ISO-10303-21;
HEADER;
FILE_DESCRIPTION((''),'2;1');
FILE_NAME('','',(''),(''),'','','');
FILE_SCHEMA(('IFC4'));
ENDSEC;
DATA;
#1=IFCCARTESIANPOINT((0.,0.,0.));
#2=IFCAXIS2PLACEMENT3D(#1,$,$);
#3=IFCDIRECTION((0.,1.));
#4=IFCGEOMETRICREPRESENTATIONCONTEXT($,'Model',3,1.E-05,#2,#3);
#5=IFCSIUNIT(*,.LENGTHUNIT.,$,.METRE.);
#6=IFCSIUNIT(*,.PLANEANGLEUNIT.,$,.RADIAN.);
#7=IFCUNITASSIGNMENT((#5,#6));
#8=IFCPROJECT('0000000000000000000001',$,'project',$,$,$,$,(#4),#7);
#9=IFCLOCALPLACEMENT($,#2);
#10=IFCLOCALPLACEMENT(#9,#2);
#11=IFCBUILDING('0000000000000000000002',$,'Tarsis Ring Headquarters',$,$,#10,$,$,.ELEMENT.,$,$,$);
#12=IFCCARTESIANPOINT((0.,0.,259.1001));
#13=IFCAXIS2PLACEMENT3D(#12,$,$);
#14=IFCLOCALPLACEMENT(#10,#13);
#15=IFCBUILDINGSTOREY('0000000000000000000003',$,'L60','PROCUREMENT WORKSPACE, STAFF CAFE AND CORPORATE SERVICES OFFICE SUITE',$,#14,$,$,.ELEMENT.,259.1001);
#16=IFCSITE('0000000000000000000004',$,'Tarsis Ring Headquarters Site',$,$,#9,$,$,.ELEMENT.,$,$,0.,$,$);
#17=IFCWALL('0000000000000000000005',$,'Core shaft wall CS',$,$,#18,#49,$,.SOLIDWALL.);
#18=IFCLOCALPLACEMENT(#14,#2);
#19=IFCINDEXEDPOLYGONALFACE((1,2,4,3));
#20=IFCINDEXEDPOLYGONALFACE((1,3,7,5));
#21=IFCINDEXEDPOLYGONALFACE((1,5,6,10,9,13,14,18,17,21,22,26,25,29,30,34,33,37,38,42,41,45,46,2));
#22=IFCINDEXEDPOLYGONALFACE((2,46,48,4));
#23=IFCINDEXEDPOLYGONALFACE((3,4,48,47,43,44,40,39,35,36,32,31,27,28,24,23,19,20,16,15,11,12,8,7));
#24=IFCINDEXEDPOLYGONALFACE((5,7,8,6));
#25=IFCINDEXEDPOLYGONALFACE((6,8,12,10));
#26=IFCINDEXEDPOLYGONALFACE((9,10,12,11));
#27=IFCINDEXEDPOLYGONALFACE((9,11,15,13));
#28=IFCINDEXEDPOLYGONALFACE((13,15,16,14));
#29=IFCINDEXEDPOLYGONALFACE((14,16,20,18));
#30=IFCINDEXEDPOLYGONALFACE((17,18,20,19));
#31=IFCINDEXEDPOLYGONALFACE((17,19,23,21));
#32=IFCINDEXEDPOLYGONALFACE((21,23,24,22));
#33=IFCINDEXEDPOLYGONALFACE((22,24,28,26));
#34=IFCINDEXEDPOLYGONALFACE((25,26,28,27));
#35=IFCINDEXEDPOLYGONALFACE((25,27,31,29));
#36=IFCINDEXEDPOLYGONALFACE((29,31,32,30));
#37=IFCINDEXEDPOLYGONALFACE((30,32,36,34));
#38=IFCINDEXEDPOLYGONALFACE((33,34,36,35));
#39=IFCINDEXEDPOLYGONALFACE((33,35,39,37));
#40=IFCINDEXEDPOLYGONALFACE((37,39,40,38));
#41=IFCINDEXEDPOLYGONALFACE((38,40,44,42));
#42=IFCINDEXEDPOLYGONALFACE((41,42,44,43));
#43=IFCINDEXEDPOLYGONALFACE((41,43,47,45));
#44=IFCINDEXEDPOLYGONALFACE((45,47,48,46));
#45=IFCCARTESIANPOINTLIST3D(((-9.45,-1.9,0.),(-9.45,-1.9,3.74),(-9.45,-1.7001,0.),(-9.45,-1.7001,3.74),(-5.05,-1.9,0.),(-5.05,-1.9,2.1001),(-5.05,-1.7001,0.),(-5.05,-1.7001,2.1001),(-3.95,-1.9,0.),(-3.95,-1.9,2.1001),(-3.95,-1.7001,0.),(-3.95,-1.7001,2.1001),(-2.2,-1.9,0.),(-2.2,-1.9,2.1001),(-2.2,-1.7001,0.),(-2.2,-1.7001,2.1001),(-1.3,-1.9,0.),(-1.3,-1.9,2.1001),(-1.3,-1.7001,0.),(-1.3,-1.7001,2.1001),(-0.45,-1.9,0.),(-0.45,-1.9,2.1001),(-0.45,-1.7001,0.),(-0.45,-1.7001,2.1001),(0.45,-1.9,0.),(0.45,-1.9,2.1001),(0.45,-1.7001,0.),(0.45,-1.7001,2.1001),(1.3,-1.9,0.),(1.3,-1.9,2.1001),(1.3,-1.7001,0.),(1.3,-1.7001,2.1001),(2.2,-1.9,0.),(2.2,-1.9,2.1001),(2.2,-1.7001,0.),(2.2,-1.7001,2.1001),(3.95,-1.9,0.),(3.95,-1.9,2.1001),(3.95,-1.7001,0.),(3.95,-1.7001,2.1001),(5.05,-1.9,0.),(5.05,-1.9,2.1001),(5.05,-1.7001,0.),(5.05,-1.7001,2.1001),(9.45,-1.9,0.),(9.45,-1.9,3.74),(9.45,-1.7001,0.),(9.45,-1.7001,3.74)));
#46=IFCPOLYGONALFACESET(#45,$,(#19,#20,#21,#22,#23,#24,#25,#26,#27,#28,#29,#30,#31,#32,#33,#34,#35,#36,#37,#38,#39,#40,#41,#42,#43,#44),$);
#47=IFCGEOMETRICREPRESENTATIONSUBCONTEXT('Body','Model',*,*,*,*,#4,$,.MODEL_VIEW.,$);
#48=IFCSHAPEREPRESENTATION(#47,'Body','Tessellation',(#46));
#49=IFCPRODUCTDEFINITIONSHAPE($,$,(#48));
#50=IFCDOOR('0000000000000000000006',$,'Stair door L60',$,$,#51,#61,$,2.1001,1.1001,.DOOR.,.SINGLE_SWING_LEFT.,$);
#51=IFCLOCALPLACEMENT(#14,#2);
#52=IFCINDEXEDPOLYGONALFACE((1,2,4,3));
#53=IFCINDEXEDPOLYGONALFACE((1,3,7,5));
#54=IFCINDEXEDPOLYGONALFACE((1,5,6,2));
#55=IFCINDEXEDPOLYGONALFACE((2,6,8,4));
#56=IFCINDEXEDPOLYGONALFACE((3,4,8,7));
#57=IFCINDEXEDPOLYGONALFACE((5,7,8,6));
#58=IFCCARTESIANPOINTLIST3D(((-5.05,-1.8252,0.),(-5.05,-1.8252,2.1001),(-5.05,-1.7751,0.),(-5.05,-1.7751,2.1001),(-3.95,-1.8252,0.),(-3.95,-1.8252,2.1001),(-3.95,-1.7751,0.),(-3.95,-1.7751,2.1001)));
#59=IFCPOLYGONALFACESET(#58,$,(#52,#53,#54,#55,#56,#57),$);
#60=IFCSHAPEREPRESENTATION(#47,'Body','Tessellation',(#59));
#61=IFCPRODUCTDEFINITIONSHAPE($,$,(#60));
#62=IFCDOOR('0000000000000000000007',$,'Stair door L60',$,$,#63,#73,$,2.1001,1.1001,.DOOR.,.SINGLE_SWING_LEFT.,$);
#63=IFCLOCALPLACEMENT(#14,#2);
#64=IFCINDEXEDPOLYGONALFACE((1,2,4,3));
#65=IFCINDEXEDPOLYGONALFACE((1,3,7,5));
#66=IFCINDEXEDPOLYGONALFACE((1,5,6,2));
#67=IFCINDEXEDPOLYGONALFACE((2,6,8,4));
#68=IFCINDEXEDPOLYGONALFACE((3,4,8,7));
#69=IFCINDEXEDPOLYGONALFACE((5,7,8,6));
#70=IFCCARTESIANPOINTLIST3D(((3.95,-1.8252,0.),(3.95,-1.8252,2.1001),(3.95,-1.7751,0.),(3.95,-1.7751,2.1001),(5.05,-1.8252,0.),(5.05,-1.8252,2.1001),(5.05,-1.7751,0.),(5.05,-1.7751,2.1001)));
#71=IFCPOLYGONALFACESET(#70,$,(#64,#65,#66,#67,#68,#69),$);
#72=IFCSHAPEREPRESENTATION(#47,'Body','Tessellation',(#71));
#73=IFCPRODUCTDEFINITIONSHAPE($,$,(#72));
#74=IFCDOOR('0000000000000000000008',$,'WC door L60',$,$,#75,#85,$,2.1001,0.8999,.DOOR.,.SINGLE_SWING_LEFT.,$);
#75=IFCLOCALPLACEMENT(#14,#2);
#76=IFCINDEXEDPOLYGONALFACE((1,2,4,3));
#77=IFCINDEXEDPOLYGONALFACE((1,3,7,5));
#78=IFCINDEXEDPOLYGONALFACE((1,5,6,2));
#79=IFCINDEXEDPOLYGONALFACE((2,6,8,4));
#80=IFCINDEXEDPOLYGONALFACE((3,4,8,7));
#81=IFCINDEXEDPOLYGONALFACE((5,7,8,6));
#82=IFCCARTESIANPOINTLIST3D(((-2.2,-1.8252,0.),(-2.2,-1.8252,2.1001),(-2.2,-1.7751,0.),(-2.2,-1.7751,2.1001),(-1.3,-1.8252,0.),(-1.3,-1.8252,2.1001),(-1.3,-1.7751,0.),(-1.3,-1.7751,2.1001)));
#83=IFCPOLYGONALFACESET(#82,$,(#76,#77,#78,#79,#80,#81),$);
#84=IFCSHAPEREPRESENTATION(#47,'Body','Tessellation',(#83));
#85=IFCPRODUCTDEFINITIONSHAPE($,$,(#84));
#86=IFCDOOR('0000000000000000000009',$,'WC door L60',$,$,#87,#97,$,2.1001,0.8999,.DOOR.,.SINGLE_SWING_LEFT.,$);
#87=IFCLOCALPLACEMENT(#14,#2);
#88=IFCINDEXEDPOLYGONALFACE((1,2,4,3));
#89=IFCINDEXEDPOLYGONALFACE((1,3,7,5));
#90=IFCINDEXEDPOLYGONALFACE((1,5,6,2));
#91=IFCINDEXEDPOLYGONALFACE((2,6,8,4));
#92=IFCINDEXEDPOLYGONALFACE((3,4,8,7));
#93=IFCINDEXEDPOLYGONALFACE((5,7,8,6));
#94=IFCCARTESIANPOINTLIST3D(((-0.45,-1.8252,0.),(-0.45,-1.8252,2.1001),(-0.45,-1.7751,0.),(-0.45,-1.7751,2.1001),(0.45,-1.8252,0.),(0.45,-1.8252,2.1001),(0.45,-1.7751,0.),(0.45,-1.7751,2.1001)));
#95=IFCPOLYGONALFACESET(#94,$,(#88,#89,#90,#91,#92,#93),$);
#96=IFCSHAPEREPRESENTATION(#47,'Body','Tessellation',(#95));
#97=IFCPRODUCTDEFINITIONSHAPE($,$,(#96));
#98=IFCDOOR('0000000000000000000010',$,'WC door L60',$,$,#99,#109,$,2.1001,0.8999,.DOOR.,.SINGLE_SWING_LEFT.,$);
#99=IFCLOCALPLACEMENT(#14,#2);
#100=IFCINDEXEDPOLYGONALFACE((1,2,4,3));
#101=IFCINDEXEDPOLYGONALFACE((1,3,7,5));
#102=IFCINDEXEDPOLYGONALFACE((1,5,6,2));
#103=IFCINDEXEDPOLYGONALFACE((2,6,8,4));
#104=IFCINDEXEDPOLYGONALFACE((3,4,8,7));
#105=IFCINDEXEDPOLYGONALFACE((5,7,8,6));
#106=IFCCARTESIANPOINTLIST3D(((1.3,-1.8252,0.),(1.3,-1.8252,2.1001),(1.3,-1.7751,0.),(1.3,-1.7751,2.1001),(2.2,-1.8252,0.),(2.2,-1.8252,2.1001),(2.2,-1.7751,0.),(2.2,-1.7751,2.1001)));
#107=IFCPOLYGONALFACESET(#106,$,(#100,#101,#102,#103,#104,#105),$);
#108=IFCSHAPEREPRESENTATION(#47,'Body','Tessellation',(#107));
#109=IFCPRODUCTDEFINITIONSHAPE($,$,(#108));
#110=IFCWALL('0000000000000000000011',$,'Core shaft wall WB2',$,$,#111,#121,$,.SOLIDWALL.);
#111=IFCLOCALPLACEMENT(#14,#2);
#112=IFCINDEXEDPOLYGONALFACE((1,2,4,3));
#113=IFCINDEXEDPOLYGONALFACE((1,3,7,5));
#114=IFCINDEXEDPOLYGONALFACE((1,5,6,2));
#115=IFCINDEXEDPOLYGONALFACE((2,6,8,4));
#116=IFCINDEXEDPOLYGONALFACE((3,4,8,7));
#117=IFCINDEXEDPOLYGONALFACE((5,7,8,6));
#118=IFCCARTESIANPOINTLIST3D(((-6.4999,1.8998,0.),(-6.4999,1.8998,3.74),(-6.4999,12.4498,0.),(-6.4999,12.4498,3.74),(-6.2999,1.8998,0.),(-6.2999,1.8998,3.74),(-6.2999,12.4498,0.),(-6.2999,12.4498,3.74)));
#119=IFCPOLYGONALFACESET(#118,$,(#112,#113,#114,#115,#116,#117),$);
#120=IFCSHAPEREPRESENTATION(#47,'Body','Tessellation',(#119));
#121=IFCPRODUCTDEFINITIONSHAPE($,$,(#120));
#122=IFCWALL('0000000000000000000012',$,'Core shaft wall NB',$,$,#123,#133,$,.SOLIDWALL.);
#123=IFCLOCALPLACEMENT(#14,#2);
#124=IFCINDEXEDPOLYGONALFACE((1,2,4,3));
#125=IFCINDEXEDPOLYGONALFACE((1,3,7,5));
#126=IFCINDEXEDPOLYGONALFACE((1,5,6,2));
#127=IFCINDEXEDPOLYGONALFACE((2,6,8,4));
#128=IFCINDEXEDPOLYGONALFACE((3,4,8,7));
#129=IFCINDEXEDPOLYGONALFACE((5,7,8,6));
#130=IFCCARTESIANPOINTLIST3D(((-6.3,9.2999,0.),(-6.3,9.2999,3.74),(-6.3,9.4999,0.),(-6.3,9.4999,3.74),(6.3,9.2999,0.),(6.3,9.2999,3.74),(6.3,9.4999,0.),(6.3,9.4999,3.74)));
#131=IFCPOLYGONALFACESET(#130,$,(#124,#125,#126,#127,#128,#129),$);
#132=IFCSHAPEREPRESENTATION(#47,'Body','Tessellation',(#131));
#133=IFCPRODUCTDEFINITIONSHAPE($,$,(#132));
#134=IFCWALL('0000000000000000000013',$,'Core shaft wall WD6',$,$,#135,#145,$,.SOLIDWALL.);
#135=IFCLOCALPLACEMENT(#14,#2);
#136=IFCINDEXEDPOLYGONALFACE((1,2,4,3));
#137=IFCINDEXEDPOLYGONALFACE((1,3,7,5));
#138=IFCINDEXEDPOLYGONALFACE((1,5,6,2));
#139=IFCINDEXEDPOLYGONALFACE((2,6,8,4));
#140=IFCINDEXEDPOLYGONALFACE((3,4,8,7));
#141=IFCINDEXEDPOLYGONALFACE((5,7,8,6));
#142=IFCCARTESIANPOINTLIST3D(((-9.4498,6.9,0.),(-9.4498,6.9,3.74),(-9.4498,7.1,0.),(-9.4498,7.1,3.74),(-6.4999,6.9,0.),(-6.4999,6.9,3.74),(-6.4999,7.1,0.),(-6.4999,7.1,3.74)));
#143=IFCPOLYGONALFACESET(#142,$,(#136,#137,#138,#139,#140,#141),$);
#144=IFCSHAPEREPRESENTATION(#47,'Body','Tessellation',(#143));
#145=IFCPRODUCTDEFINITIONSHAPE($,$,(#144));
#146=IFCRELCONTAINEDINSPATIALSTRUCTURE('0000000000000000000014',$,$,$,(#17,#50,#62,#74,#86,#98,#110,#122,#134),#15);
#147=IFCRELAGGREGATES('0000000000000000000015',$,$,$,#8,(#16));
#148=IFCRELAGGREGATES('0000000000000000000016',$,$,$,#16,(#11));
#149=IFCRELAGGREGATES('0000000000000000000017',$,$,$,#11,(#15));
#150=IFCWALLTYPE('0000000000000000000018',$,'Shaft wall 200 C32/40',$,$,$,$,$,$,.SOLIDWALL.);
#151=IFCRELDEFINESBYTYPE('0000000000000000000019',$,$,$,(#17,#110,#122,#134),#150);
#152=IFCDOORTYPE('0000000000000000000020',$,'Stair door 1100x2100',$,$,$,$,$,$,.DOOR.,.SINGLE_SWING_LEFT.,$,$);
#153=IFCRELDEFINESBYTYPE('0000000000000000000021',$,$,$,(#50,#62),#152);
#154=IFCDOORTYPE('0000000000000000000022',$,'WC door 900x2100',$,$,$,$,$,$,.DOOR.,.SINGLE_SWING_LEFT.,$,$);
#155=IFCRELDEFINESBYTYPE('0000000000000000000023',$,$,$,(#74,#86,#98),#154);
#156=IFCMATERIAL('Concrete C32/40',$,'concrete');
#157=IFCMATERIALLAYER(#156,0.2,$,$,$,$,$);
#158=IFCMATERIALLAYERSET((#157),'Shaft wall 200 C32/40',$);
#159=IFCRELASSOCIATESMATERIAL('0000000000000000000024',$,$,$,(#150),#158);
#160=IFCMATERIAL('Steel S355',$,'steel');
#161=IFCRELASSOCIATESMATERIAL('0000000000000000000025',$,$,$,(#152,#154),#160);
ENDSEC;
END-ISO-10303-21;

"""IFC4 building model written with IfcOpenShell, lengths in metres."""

from ifc_helpers import new_model, si_unit, direction, frame, frame_2d, origin, place, context, subcontext, project, spatial, rectangle, extrude, material, layer, layer_set, type_object, element, fill, save


model = new_model("IFC4")

# Units and contexts
model_context = context("Model", 3, precision=1e-05, world=origin(), true_north=direction((0.0, 1.0)))
body_context = subcontext(model_context, "Body", "Model", "MODEL_VIEW")
ifc_project = project(units=[si_unit("LENGTHUNIT", "METRE"), si_unit("PLANEANGLEUNIT", "RADIAN")], contexts=[model_context])

# Site, building, storey
site_placement = place(None, origin())
site = spatial("IfcSite", under=ifc_project, at=site_placement, Name="Tarsis Ring Headquarters Site", CompositionType="ELEMENT", RefElevation=0.0)
building_placement = place(site_placement, origin())
building = spatial("IfcBuilding", under=site, at=building_placement, Name="Tarsis Ring Headquarters", CompositionType="ELEMENT")
storey_placement = place(building_placement, frame((0.0, 0.0, 259.1001)))
storey = spatial("IfcBuildingStorey", under=building, at=storey_placement, Name="L60", Description="PROCUREMENT WORKSPACE, STAFF CAFE AND CORPORATE SERVICES OFFICE SUITE", CompositionType="ELEMENT", Elevation=259.1001)

# Wall, openings, doors
ifc_material_1 = material(Name="Steel S355", Category="steel")
ifc_material_2 = material(Name="Concrete C32/40", Category="concrete")
ifc_layer_1 = layer(ifc_material_2, 0.2)
ifc_layer_set_1 = layer_set([ifc_layer_1], Name="Shaft wall 200 C32/40")
wall_type_1 = type_object("IfcWallType", Name="Shaft wall 200 C32/40", PredefinedType="SOLIDWALL", material=ifc_layer_set_1)
door_type_1 = type_object("IfcDoorType", Name="Stair door 1100x2100", OperationType="SINGLE_SWING_LEFT", PredefinedType="DOOR", material=ifc_material_1)
wall_1_placement = place(storey_placement, frame((-9.45, -1.8, 0.0), z_axis=(0.0, 0.0, 1.0), x_axis=(1.0, 0.0, 0.0)))
wall_1 = element("IfcWall", 1, at=wall_1_placement, inside=storey, type_object=wall_type_1, Name="Core shaft wall CS", PredefinedType="SOLIDWALL", context=body_context, shape_type="SweptSolid", body=[
    extrude(rectangle(XDim=18.8999, YDim=0.2, at=frame_2d((9.45, 0.0))), origin(), (0.0, 0.0, 1.0), 3.74),
])
opening_1_placement = place(wall_1_placement, frame((4.3999, 0.0, 0.0)))
opening_1 = element("IfcOpeningElement", 2, at=opening_1_placement, cuts=wall_1, PredefinedType="OPENING", context=body_context, shape_type="SweptSolid", body=[
    extrude(rectangle(XDim=1.1001, YDim=2.1001, at=frame_2d((0.55, 1.05))), frame((0.0, 0.1099, 0.0), z_axis=(0.0, -1.0, 0.0), x_axis=(1.0, 0.0, 0.0)), (0.0, 0.0, 1.0), 0.22),
])
opening_2_placement = place(wall_1_placement, frame((7.25, 0.0, 0.0)))
opening_2 = element("IfcOpeningElement", 3, at=opening_2_placement, cuts=wall_1, PredefinedType="OPENING", context=body_context, shape_type="SweptSolid", body=[
    extrude(rectangle(XDim=0.8999, YDim=2.1001, at=frame_2d((0.45, 1.05))), frame((0.0, 0.1099, 0.0), z_axis=(0.0, -1.0, 0.0), x_axis=(1.0, 0.0, 0.0)), (0.0, 0.0, 1.0), 0.22),
])
opening_3_placement = place(wall_1_placement, frame((9.0, 0.0, 0.0)))
opening_3 = element("IfcOpeningElement", 4, at=opening_3_placement, cuts=wall_1, PredefinedType="OPENING", context=body_context, shape_type="SweptSolid", body=[
    extrude(rectangle(XDim=0.8999, YDim=2.1001, at=frame_2d((0.45, 1.05))), frame((0.0, 0.1099, 0.0), z_axis=(0.0, -1.0, 0.0), x_axis=(1.0, 0.0, 0.0)), (0.0, 0.0, 1.0), 0.22),
])
opening_4_placement = place(wall_1_placement, frame((10.75, 0.0, 0.0)))
opening_4 = element("IfcOpeningElement", 5, at=opening_4_placement, cuts=wall_1, PredefinedType="OPENING", context=body_context, shape_type="SweptSolid", body=[
    extrude(rectangle(XDim=0.8999, YDim=2.1001, at=frame_2d((0.45, 1.05))), frame((0.0, 0.1099, 0.0), z_axis=(0.0, -1.0, 0.0), x_axis=(1.0, 0.0, 0.0)), (0.0, 0.0, 1.0), 0.22),
])
opening_5_placement = place(wall_1_placement, frame((13.3999, 0.0, 0.0)))
opening_5 = element("IfcOpeningElement", 6, at=opening_5_placement, cuts=wall_1, PredefinedType="OPENING", context=body_context, shape_type="SweptSolid", body=[
    extrude(rectangle(XDim=1.1001, YDim=2.1001, at=frame_2d((0.55, 1.05))), frame((0.0, 0.1099, 0.0), z_axis=(0.0, -1.0, 0.0), x_axis=(1.0, 0.0, 0.0)), (0.0, 0.0, 1.0), 0.22),
])
door_1_placement = place(opening_1_placement, origin())
door_1 = element("IfcDoor", 7, at=door_1_placement, inside=storey, type_object=door_type_1, Name="Stair door L60", OperationType="SINGLE_SWING_LEFT", OverallHeight=2.1001, OverallWidth=1.1001, PredefinedType="DOOR", context=body_context, shape_type="SweptSolid", body=[
    extrude(rectangle(XDim=1.1001, YDim=2.1001, at=frame_2d((0.55, 1.05))), frame((0.0, 0.0249, 0.0), z_axis=(0.0, -1.0, 0.0), x_axis=(1.0, 0.0, 0.0)), (0.0, 0.0, 1.0), 0.05),
])
fill(opening_1, door_1)
door_2_placement = place(opening_5_placement, origin())
door_2 = element("IfcDoor", 8, at=door_2_placement, inside=storey, type_object=door_type_1, Name="Stair door L60", OperationType="SINGLE_SWING_LEFT", OverallHeight=2.1001, OverallWidth=1.1001, PredefinedType="DOOR", context=body_context, shape_type="SweptSolid", body=[
    extrude(rectangle(XDim=1.1001, YDim=2.1001, at=frame_2d((0.55, 1.05))), frame((0.0, 0.0249, 0.0), z_axis=(0.0, -1.0, 0.0), x_axis=(1.0, 0.0, 0.0)), (0.0, 0.0, 1.0), 0.05),
])
fill(opening_5, door_2)
door_type_2 = type_object("IfcDoorType", Name="WC door 900x2100", OperationType="SINGLE_SWING_LEFT", PredefinedType="DOOR", material=ifc_material_1)
door_3_placement = place(opening_2_placement, origin())
door_3 = element("IfcDoor", 9, at=door_3_placement, inside=storey, type_object=door_type_2, Name="WC door L60", OperationType="SINGLE_SWING_LEFT", OverallHeight=2.1001, OverallWidth=0.8999, PredefinedType="DOOR", context=body_context, shape_type="SweptSolid", body=[
    extrude(rectangle(XDim=0.8999, YDim=2.1001, at=frame_2d((0.45, 1.05))), frame((0.0, 0.0249, 0.0), z_axis=(0.0, -1.0, 0.0), x_axis=(1.0, 0.0, 0.0)), (0.0, 0.0, 1.0), 0.05),
])
fill(opening_2, door_3)
door_4_placement = place(opening_3_placement, origin())
door_4 = element("IfcDoor", 10, at=door_4_placement, inside=storey, type_object=door_type_2, Name="WC door L60", OperationType="SINGLE_SWING_LEFT", OverallHeight=2.1001, OverallWidth=0.8999, PredefinedType="DOOR", context=body_context, shape_type="SweptSolid", body=[
    extrude(rectangle(XDim=0.8999, YDim=2.1001, at=frame_2d((0.45, 1.05))), frame((0.0, 0.0249, 0.0), z_axis=(0.0, -1.0, 0.0), x_axis=(1.0, 0.0, 0.0)), (0.0, 0.0, 1.0), 0.05),
])
fill(opening_3, door_4)
door_5_placement = place(opening_4_placement, origin())
door_5 = element("IfcDoor", 11, at=door_5_placement, inside=storey, type_object=door_type_2, Name="WC door L60", OperationType="SINGLE_SWING_LEFT", OverallHeight=2.1001, OverallWidth=0.8999, PredefinedType="DOOR", context=body_context, shape_type="SweptSolid", body=[
    extrude(rectangle(XDim=0.8999, YDim=2.1001, at=frame_2d((0.45, 1.05))), frame((0.0, 0.0249, 0.0), z_axis=(0.0, -1.0, 0.0), x_axis=(1.0, 0.0, 0.0)), (0.0, 0.0, 1.0), 0.05),
])
fill(opening_4, door_5)

# Walls
wall_2_placement = place(storey_placement, frame((-6.3999, 1.8999, 0.0), z_axis=(0.0, 0.0, 1.0), x_axis=(0.0, 1.0, 0.0)))
element("IfcWall", 12, at=wall_2_placement, inside=storey, type_object=wall_type_1, Name="Core shaft wall WB2", PredefinedType="SOLIDWALL", context=body_context, shape_type="SweptSolid", body=[
    extrude(rectangle(XDim=10.55, YDim=0.2, at=frame_2d((5.2749, 0.0))), origin(), (0.0, 0.0, 1.0), 3.74),
])
wall_3_placement = place(storey_placement, frame((-6.3, 9.3999, 0.0), z_axis=(0.0, 0.0, 1.0), x_axis=(1.0, 0.0, 0.0)))
element("IfcWall", 13, at=wall_3_placement, inside=storey, type_object=wall_type_1, Name="Core shaft wall NB", PredefinedType="SOLIDWALL", context=body_context, shape_type="SweptSolid", body=[
    extrude(rectangle(XDim=12.6001, YDim=0.2, at=frame_2d((6.3, 0.0))), origin(), (0.0, 0.0, 1.0), 3.74),
])
wall_4_placement = place(storey_placement, frame((-9.45, 7.0, 0.0), z_axis=(0.0, 0.0, 1.0), x_axis=(1.0, 0.0, 0.0)))
element("IfcWall", 14, at=wall_4_placement, inside=storey, type_object=wall_type_1, Name="Core shaft wall WD6", PredefinedType="SOLIDWALL", context=body_context, shape_type="SweptSolid", body=[
    extrude(rectangle(XDim=2.95, YDim=0.2, at=frame_2d((1.4751, 0.0))), origin(), (0.0, 0.0, 1.0), 3.74),
])

save(model, "model.ifc")
